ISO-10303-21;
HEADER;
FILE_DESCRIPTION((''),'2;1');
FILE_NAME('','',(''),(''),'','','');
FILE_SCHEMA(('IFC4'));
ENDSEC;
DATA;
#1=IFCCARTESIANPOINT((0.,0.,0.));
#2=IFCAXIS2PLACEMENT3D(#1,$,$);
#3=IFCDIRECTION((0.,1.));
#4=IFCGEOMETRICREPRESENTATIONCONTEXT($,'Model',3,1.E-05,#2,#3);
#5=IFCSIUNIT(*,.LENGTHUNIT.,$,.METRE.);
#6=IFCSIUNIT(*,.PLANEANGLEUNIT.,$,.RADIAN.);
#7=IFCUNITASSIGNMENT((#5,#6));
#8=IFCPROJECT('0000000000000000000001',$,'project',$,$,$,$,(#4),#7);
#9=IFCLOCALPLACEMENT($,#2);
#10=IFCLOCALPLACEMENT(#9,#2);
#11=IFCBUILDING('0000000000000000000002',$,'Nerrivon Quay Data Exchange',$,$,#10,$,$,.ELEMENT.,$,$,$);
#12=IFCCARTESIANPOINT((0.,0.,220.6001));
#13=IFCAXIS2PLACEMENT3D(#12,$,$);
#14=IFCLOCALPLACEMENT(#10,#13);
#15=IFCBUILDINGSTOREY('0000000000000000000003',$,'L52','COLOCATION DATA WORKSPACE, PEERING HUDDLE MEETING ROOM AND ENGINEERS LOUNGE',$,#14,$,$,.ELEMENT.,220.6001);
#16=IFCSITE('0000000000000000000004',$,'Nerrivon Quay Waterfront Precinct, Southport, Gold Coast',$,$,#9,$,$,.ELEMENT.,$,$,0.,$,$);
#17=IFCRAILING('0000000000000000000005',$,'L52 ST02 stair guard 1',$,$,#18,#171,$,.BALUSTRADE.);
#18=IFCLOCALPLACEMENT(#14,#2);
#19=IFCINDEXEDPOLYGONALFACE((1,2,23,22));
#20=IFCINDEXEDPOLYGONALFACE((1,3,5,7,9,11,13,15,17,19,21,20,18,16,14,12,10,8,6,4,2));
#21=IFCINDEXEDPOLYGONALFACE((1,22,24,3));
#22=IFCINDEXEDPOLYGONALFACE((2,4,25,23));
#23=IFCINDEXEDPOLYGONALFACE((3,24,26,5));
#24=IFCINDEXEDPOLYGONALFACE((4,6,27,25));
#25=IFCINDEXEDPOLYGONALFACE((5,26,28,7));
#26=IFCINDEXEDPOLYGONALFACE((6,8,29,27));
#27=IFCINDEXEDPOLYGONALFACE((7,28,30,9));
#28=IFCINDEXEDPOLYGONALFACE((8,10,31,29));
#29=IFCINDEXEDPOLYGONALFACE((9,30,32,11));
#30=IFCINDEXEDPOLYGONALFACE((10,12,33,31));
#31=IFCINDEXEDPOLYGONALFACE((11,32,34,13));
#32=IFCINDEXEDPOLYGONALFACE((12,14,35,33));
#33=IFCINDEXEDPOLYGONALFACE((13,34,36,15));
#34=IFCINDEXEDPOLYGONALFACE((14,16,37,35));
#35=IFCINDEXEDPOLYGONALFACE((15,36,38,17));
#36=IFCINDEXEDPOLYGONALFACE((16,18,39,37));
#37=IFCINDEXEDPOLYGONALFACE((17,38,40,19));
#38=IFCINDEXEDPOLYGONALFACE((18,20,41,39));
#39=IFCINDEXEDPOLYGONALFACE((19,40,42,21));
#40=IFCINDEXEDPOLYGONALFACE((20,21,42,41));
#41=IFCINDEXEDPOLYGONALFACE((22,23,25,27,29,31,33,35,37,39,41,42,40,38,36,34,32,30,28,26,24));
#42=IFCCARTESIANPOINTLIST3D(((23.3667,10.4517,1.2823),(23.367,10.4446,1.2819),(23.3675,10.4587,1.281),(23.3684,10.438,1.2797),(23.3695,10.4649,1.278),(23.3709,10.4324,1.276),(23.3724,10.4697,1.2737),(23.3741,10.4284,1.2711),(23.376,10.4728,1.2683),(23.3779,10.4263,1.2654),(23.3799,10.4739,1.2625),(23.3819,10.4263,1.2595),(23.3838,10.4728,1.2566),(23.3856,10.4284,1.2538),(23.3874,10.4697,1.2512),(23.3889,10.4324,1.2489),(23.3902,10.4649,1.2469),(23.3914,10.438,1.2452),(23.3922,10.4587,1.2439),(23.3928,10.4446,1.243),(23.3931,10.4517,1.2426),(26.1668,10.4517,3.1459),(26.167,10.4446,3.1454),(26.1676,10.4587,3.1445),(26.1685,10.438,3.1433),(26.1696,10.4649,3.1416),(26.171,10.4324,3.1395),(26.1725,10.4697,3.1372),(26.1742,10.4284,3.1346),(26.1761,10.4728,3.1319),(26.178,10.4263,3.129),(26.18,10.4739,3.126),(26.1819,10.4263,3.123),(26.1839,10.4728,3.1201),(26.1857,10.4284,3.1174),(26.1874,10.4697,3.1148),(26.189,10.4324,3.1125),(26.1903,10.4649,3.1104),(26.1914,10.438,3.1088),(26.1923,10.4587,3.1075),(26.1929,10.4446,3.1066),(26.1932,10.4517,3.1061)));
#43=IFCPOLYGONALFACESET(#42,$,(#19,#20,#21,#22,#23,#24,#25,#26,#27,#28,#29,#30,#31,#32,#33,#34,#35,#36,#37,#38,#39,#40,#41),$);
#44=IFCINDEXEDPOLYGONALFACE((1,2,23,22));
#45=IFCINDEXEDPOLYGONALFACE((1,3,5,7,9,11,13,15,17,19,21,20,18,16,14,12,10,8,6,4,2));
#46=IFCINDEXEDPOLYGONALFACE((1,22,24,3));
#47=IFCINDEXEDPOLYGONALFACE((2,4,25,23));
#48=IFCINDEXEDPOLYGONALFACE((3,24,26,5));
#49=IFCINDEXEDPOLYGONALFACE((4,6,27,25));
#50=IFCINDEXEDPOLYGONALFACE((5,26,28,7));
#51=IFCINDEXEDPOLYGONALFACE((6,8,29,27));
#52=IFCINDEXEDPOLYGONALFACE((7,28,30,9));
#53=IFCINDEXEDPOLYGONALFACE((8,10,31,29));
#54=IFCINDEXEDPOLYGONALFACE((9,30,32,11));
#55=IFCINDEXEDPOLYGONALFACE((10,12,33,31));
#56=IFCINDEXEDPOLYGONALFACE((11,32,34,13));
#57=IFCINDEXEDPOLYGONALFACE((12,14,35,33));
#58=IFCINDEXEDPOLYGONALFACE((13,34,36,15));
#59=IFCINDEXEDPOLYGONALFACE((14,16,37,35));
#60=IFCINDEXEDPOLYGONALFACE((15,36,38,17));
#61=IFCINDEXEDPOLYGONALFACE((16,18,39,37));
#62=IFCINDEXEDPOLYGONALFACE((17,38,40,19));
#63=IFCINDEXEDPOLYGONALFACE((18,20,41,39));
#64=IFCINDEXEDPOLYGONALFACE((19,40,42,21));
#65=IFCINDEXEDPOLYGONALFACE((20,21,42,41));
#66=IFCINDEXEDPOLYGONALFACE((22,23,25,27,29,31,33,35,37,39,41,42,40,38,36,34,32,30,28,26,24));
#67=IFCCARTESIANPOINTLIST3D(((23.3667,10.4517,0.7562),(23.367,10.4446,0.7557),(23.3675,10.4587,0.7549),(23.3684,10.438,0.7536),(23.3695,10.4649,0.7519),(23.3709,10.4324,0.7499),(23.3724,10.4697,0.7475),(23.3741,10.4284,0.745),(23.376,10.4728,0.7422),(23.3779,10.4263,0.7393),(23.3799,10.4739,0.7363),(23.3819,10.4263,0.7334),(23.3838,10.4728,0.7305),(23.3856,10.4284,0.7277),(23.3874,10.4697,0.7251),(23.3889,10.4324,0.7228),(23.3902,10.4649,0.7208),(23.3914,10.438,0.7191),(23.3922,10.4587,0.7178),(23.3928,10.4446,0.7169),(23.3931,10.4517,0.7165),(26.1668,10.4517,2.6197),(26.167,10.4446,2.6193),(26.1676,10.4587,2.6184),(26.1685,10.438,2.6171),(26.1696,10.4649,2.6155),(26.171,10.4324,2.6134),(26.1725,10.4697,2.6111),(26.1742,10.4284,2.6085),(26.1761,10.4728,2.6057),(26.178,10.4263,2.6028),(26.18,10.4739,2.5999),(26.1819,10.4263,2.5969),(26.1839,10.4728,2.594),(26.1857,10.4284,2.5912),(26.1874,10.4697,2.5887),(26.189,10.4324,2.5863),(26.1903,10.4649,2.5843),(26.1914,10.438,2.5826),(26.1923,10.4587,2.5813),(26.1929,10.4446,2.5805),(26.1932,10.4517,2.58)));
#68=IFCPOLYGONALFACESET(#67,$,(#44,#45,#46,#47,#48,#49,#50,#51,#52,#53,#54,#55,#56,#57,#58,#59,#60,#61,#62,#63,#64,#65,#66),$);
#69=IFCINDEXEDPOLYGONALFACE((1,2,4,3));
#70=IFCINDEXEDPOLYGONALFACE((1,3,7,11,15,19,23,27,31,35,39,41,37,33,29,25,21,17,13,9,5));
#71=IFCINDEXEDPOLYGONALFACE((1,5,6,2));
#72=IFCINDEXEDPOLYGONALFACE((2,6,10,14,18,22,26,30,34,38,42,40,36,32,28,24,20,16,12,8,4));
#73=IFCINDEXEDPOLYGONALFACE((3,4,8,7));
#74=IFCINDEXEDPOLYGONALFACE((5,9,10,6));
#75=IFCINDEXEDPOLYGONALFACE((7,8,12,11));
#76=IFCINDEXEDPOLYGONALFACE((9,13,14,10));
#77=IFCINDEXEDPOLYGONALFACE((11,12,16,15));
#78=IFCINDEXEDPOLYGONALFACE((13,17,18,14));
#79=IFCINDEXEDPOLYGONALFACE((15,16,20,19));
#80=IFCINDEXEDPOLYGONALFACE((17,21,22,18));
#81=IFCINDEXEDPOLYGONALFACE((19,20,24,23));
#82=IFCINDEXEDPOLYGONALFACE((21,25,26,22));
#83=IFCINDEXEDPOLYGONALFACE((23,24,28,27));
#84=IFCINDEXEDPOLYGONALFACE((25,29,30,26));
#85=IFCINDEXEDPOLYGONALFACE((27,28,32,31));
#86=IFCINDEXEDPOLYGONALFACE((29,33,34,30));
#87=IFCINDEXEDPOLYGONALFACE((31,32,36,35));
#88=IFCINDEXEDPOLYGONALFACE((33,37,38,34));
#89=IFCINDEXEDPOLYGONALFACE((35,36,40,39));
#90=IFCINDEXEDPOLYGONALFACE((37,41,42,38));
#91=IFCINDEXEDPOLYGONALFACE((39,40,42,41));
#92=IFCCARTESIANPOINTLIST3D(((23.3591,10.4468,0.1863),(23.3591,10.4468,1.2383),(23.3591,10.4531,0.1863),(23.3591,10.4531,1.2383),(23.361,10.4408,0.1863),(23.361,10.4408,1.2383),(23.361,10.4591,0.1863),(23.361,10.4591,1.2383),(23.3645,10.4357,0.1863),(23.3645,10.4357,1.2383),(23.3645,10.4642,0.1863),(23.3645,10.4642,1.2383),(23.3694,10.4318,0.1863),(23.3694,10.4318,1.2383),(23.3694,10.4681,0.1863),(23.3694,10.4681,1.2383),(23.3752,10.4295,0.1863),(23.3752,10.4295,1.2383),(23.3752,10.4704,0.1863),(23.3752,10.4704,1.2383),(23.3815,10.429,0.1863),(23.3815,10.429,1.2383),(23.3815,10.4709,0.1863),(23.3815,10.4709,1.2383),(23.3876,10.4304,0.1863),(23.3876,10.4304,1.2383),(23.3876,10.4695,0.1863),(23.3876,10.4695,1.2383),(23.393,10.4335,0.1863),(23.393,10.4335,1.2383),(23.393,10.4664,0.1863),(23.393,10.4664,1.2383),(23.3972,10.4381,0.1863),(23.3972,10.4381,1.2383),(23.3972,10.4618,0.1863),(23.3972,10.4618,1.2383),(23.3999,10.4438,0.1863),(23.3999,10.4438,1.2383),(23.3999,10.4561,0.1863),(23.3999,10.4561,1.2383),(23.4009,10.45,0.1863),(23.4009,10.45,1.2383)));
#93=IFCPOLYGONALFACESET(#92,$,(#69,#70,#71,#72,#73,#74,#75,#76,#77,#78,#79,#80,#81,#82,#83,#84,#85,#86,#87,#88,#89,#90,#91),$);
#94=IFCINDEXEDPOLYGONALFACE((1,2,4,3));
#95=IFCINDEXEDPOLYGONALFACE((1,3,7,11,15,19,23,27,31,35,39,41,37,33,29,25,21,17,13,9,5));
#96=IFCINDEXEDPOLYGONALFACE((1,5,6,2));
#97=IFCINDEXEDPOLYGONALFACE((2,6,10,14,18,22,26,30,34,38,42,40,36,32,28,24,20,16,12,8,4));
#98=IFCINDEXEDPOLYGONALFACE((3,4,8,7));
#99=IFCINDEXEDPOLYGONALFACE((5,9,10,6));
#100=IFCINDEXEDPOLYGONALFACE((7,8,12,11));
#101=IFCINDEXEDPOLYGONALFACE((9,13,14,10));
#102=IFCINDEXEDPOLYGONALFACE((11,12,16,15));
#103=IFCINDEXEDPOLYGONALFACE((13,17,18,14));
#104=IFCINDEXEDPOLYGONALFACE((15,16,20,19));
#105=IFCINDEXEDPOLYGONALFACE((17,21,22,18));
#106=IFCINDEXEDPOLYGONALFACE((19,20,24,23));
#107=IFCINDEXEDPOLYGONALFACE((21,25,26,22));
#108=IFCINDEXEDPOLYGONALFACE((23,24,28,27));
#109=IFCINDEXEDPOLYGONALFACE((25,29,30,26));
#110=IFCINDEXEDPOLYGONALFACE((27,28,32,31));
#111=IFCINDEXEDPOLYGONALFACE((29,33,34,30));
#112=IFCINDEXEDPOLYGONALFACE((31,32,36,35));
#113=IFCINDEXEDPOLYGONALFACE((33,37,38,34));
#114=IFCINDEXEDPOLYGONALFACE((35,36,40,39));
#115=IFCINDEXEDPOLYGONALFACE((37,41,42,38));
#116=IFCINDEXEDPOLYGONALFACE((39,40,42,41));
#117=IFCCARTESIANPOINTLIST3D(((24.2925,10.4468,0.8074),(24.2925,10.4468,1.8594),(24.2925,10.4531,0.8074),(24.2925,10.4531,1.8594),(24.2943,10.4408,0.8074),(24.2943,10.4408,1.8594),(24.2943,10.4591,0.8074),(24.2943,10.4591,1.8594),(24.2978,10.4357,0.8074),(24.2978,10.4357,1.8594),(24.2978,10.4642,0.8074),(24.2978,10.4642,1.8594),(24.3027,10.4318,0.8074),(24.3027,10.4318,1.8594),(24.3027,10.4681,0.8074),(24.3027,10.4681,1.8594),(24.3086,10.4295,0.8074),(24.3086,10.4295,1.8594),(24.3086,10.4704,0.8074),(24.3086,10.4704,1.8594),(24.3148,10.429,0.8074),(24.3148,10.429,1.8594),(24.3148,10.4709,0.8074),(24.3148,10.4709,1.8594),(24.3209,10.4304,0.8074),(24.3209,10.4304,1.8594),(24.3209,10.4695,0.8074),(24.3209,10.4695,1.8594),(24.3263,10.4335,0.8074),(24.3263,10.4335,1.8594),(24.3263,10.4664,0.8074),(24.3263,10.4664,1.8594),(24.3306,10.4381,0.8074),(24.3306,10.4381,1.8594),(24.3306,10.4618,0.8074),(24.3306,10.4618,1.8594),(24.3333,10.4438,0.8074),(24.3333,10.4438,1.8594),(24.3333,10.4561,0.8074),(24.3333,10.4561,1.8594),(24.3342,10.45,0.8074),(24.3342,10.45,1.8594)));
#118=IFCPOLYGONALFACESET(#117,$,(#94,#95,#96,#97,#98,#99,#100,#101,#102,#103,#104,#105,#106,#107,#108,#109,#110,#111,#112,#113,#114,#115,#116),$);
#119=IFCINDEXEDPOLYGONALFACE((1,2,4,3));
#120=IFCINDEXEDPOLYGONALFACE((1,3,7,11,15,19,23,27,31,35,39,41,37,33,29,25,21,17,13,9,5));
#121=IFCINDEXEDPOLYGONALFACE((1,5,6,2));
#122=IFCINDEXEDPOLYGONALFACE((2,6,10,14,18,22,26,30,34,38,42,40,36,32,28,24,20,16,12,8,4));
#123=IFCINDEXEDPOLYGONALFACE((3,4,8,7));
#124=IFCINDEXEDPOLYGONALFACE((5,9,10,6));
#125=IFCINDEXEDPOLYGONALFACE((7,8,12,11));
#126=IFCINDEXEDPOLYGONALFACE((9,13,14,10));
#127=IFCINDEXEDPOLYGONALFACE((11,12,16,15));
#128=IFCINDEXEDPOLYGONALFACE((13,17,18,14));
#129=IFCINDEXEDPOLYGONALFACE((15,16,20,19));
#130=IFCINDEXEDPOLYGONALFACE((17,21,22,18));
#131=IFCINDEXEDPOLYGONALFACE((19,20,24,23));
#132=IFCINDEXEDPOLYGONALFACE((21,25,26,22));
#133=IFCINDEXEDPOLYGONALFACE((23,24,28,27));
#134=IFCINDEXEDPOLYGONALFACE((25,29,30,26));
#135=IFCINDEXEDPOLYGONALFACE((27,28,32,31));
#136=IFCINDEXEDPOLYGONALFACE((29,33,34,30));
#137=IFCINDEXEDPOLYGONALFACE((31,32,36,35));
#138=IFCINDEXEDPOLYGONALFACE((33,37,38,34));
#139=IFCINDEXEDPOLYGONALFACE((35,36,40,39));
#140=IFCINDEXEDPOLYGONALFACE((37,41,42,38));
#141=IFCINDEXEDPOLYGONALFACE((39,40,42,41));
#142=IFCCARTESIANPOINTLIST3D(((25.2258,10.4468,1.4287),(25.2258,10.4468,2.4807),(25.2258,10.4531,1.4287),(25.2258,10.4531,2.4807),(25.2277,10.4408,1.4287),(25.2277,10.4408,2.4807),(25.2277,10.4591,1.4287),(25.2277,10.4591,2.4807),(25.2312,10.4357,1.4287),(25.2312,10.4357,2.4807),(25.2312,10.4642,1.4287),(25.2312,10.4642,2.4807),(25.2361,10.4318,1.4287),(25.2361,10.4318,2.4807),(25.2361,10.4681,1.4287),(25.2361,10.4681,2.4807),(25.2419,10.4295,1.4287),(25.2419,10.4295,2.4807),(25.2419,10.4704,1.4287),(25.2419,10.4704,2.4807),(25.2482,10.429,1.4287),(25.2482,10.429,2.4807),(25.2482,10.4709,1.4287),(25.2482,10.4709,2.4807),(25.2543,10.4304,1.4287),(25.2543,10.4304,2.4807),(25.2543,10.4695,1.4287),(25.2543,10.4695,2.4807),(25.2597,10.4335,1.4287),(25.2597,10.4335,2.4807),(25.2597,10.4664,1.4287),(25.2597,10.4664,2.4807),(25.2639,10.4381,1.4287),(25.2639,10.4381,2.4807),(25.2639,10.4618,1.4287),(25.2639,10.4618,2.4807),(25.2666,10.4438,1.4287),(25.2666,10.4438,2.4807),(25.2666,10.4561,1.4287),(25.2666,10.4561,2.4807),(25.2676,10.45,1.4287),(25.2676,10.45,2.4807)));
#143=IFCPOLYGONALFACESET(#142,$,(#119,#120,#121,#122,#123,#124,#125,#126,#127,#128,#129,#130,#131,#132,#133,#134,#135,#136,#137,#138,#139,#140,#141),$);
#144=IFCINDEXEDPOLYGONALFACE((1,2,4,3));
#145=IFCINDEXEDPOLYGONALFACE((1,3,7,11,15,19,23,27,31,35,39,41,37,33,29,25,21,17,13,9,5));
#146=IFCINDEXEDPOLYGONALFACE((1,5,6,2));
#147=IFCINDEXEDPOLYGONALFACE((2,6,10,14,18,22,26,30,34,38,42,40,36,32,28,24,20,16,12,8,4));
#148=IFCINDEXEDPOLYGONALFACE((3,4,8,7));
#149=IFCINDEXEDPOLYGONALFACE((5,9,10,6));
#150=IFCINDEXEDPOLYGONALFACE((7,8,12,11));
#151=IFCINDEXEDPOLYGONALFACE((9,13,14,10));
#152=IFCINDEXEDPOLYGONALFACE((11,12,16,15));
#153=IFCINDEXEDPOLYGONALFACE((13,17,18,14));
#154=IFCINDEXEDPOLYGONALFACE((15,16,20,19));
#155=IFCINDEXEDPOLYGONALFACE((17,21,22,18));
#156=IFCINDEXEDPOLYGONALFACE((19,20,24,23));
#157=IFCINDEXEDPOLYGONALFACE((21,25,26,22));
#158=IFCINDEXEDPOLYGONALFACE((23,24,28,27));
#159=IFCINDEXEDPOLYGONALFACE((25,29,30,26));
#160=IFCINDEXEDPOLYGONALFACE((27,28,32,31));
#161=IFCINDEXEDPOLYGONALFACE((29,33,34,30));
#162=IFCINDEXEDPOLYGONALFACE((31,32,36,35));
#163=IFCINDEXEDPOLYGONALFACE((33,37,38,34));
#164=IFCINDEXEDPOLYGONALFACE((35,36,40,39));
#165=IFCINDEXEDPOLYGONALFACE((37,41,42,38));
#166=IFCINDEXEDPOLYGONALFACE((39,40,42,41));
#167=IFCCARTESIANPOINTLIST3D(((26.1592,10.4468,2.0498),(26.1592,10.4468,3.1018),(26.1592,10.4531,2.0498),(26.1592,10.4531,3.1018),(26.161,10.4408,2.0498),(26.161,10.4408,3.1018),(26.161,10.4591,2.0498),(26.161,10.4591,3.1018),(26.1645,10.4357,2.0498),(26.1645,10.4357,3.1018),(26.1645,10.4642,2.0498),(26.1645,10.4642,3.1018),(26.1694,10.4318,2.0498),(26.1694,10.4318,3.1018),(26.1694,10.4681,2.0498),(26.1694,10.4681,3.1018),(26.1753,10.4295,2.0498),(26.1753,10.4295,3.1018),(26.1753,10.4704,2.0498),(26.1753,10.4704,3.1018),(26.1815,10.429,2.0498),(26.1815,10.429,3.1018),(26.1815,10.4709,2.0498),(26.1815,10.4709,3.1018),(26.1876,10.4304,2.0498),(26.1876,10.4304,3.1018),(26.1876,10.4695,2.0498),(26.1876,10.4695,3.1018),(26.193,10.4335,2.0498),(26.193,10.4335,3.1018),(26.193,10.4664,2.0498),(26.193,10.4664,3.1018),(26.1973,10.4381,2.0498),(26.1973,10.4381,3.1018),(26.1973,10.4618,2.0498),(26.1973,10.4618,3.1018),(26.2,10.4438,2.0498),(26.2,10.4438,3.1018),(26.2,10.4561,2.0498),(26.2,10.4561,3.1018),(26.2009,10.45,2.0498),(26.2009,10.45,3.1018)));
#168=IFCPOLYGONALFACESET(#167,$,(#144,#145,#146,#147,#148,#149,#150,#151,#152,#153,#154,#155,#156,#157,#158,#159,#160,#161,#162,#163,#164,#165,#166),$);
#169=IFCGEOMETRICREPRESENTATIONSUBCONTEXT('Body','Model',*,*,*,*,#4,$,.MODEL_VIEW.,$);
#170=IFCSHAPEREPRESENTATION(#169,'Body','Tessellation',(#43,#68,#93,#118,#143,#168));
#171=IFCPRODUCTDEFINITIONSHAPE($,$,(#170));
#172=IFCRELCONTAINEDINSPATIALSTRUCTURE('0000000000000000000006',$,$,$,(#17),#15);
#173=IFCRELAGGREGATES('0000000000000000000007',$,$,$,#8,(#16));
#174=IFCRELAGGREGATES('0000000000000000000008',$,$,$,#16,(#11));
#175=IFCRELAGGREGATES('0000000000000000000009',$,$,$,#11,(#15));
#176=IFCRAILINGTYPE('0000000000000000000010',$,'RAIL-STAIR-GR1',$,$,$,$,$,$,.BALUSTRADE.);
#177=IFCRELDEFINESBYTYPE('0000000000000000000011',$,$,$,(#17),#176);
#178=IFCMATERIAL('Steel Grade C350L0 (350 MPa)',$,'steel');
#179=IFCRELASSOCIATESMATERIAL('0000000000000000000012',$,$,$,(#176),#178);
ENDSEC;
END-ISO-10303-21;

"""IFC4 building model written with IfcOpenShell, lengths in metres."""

from ifc_helpers import new_model, si_unit, direction, frame, origin, origin_2d, place, context, subcontext, project, spatial, circle, extrude, material, type_object, element, save


model = new_model("IFC4")

# Units and contexts
model_context = context("Model", 3, precision=1e-05, world=origin(), true_north=direction((0.0, 1.0)))
body_context = subcontext(model_context, "Body", "Model", "MODEL_VIEW")
ifc_project = project(units=[si_unit("LENGTHUNIT", "METRE"), si_unit("PLANEANGLEUNIT", "RADIAN")], contexts=[model_context])

# Site, building, storey
site_placement = place(None, origin())
site = spatial("IfcSite", under=ifc_project, at=site_placement, Name="Nerrivon Quay Waterfront Precinct, Southport, Gold Coast", CompositionType="ELEMENT", RefElevation=0.0)
building_placement = place(site_placement, origin())
building = spatial("IfcBuilding", under=site, at=building_placement, Name="Nerrivon Quay Data Exchange", CompositionType="ELEMENT")
storey_placement = place(building_placement, frame((0.0, 0.0, 220.6001)))
storey = spatial("IfcBuildingStorey", under=building, at=storey_placement, Name="L52", Description="COLOCATION DATA WORKSPACE, PEERING HUDDLE MEETING ROOM AND ENGINEERS LOUNGE", CompositionType="ELEMENT", Elevation=220.6001)

# Railing
ifc_material_1 = material(Name="Steel Grade C350L0 (350 MPa)", Category="steel")
railing_type_1 = type_object("IfcRailingType", Name="RAIL-STAIR-GR1", PredefinedType="BALUSTRADE", material=ifc_material_1)
railing_1_placement = place(storey_placement, frame((23.3799, 10.45, 0.1863)))
element("IfcRailing", 1, at=railing_1_placement, inside=storey, type_object=railing_type_1, Name="L52 ST02 stair guard 1", PredefinedType="BALUSTRADE", context=body_context, shape_type="SweptSolid", body=[
    extrude(circle(Radius=0.0239, at=origin_2d()), frame((0.0, 0.0, 1.0762), z_axis=(0.832486, 0.0, 0.554047), x_axis=(0.0, 1.0, 0.0)), (0.0, 0.0, 1.0), 3.3635),
    extrude(circle(Radius=0.0239, at=origin_2d()), frame((0.0, 0.0, 0.55), z_axis=(0.832486, 0.0, 0.554047), x_axis=(0.0, 1.0, 0.0)), (0.0, 0.0, 1.0), 3.3635),
    extrude(circle(Radius=0.021, at=origin_2d()), origin(), (0.0, 0.0, 1.0), 1.052),
    extrude(circle(Radius=0.021, at=origin_2d()), frame((0.9333, 0.0, 0.6211)), (0.0, 0.0, 1.0), 1.052),
    extrude(circle(Radius=0.021, at=origin_2d()), frame((1.8667, 0.0, 1.2424)), (0.0, 0.0, 1.0), 1.052),
    extrude(circle(Radius=0.021, at=origin_2d()), frame((2.8, 0.0, 1.8635)), (0.0, 0.0, 1.0), 1.052),
])

save(model, "model.ifc")
